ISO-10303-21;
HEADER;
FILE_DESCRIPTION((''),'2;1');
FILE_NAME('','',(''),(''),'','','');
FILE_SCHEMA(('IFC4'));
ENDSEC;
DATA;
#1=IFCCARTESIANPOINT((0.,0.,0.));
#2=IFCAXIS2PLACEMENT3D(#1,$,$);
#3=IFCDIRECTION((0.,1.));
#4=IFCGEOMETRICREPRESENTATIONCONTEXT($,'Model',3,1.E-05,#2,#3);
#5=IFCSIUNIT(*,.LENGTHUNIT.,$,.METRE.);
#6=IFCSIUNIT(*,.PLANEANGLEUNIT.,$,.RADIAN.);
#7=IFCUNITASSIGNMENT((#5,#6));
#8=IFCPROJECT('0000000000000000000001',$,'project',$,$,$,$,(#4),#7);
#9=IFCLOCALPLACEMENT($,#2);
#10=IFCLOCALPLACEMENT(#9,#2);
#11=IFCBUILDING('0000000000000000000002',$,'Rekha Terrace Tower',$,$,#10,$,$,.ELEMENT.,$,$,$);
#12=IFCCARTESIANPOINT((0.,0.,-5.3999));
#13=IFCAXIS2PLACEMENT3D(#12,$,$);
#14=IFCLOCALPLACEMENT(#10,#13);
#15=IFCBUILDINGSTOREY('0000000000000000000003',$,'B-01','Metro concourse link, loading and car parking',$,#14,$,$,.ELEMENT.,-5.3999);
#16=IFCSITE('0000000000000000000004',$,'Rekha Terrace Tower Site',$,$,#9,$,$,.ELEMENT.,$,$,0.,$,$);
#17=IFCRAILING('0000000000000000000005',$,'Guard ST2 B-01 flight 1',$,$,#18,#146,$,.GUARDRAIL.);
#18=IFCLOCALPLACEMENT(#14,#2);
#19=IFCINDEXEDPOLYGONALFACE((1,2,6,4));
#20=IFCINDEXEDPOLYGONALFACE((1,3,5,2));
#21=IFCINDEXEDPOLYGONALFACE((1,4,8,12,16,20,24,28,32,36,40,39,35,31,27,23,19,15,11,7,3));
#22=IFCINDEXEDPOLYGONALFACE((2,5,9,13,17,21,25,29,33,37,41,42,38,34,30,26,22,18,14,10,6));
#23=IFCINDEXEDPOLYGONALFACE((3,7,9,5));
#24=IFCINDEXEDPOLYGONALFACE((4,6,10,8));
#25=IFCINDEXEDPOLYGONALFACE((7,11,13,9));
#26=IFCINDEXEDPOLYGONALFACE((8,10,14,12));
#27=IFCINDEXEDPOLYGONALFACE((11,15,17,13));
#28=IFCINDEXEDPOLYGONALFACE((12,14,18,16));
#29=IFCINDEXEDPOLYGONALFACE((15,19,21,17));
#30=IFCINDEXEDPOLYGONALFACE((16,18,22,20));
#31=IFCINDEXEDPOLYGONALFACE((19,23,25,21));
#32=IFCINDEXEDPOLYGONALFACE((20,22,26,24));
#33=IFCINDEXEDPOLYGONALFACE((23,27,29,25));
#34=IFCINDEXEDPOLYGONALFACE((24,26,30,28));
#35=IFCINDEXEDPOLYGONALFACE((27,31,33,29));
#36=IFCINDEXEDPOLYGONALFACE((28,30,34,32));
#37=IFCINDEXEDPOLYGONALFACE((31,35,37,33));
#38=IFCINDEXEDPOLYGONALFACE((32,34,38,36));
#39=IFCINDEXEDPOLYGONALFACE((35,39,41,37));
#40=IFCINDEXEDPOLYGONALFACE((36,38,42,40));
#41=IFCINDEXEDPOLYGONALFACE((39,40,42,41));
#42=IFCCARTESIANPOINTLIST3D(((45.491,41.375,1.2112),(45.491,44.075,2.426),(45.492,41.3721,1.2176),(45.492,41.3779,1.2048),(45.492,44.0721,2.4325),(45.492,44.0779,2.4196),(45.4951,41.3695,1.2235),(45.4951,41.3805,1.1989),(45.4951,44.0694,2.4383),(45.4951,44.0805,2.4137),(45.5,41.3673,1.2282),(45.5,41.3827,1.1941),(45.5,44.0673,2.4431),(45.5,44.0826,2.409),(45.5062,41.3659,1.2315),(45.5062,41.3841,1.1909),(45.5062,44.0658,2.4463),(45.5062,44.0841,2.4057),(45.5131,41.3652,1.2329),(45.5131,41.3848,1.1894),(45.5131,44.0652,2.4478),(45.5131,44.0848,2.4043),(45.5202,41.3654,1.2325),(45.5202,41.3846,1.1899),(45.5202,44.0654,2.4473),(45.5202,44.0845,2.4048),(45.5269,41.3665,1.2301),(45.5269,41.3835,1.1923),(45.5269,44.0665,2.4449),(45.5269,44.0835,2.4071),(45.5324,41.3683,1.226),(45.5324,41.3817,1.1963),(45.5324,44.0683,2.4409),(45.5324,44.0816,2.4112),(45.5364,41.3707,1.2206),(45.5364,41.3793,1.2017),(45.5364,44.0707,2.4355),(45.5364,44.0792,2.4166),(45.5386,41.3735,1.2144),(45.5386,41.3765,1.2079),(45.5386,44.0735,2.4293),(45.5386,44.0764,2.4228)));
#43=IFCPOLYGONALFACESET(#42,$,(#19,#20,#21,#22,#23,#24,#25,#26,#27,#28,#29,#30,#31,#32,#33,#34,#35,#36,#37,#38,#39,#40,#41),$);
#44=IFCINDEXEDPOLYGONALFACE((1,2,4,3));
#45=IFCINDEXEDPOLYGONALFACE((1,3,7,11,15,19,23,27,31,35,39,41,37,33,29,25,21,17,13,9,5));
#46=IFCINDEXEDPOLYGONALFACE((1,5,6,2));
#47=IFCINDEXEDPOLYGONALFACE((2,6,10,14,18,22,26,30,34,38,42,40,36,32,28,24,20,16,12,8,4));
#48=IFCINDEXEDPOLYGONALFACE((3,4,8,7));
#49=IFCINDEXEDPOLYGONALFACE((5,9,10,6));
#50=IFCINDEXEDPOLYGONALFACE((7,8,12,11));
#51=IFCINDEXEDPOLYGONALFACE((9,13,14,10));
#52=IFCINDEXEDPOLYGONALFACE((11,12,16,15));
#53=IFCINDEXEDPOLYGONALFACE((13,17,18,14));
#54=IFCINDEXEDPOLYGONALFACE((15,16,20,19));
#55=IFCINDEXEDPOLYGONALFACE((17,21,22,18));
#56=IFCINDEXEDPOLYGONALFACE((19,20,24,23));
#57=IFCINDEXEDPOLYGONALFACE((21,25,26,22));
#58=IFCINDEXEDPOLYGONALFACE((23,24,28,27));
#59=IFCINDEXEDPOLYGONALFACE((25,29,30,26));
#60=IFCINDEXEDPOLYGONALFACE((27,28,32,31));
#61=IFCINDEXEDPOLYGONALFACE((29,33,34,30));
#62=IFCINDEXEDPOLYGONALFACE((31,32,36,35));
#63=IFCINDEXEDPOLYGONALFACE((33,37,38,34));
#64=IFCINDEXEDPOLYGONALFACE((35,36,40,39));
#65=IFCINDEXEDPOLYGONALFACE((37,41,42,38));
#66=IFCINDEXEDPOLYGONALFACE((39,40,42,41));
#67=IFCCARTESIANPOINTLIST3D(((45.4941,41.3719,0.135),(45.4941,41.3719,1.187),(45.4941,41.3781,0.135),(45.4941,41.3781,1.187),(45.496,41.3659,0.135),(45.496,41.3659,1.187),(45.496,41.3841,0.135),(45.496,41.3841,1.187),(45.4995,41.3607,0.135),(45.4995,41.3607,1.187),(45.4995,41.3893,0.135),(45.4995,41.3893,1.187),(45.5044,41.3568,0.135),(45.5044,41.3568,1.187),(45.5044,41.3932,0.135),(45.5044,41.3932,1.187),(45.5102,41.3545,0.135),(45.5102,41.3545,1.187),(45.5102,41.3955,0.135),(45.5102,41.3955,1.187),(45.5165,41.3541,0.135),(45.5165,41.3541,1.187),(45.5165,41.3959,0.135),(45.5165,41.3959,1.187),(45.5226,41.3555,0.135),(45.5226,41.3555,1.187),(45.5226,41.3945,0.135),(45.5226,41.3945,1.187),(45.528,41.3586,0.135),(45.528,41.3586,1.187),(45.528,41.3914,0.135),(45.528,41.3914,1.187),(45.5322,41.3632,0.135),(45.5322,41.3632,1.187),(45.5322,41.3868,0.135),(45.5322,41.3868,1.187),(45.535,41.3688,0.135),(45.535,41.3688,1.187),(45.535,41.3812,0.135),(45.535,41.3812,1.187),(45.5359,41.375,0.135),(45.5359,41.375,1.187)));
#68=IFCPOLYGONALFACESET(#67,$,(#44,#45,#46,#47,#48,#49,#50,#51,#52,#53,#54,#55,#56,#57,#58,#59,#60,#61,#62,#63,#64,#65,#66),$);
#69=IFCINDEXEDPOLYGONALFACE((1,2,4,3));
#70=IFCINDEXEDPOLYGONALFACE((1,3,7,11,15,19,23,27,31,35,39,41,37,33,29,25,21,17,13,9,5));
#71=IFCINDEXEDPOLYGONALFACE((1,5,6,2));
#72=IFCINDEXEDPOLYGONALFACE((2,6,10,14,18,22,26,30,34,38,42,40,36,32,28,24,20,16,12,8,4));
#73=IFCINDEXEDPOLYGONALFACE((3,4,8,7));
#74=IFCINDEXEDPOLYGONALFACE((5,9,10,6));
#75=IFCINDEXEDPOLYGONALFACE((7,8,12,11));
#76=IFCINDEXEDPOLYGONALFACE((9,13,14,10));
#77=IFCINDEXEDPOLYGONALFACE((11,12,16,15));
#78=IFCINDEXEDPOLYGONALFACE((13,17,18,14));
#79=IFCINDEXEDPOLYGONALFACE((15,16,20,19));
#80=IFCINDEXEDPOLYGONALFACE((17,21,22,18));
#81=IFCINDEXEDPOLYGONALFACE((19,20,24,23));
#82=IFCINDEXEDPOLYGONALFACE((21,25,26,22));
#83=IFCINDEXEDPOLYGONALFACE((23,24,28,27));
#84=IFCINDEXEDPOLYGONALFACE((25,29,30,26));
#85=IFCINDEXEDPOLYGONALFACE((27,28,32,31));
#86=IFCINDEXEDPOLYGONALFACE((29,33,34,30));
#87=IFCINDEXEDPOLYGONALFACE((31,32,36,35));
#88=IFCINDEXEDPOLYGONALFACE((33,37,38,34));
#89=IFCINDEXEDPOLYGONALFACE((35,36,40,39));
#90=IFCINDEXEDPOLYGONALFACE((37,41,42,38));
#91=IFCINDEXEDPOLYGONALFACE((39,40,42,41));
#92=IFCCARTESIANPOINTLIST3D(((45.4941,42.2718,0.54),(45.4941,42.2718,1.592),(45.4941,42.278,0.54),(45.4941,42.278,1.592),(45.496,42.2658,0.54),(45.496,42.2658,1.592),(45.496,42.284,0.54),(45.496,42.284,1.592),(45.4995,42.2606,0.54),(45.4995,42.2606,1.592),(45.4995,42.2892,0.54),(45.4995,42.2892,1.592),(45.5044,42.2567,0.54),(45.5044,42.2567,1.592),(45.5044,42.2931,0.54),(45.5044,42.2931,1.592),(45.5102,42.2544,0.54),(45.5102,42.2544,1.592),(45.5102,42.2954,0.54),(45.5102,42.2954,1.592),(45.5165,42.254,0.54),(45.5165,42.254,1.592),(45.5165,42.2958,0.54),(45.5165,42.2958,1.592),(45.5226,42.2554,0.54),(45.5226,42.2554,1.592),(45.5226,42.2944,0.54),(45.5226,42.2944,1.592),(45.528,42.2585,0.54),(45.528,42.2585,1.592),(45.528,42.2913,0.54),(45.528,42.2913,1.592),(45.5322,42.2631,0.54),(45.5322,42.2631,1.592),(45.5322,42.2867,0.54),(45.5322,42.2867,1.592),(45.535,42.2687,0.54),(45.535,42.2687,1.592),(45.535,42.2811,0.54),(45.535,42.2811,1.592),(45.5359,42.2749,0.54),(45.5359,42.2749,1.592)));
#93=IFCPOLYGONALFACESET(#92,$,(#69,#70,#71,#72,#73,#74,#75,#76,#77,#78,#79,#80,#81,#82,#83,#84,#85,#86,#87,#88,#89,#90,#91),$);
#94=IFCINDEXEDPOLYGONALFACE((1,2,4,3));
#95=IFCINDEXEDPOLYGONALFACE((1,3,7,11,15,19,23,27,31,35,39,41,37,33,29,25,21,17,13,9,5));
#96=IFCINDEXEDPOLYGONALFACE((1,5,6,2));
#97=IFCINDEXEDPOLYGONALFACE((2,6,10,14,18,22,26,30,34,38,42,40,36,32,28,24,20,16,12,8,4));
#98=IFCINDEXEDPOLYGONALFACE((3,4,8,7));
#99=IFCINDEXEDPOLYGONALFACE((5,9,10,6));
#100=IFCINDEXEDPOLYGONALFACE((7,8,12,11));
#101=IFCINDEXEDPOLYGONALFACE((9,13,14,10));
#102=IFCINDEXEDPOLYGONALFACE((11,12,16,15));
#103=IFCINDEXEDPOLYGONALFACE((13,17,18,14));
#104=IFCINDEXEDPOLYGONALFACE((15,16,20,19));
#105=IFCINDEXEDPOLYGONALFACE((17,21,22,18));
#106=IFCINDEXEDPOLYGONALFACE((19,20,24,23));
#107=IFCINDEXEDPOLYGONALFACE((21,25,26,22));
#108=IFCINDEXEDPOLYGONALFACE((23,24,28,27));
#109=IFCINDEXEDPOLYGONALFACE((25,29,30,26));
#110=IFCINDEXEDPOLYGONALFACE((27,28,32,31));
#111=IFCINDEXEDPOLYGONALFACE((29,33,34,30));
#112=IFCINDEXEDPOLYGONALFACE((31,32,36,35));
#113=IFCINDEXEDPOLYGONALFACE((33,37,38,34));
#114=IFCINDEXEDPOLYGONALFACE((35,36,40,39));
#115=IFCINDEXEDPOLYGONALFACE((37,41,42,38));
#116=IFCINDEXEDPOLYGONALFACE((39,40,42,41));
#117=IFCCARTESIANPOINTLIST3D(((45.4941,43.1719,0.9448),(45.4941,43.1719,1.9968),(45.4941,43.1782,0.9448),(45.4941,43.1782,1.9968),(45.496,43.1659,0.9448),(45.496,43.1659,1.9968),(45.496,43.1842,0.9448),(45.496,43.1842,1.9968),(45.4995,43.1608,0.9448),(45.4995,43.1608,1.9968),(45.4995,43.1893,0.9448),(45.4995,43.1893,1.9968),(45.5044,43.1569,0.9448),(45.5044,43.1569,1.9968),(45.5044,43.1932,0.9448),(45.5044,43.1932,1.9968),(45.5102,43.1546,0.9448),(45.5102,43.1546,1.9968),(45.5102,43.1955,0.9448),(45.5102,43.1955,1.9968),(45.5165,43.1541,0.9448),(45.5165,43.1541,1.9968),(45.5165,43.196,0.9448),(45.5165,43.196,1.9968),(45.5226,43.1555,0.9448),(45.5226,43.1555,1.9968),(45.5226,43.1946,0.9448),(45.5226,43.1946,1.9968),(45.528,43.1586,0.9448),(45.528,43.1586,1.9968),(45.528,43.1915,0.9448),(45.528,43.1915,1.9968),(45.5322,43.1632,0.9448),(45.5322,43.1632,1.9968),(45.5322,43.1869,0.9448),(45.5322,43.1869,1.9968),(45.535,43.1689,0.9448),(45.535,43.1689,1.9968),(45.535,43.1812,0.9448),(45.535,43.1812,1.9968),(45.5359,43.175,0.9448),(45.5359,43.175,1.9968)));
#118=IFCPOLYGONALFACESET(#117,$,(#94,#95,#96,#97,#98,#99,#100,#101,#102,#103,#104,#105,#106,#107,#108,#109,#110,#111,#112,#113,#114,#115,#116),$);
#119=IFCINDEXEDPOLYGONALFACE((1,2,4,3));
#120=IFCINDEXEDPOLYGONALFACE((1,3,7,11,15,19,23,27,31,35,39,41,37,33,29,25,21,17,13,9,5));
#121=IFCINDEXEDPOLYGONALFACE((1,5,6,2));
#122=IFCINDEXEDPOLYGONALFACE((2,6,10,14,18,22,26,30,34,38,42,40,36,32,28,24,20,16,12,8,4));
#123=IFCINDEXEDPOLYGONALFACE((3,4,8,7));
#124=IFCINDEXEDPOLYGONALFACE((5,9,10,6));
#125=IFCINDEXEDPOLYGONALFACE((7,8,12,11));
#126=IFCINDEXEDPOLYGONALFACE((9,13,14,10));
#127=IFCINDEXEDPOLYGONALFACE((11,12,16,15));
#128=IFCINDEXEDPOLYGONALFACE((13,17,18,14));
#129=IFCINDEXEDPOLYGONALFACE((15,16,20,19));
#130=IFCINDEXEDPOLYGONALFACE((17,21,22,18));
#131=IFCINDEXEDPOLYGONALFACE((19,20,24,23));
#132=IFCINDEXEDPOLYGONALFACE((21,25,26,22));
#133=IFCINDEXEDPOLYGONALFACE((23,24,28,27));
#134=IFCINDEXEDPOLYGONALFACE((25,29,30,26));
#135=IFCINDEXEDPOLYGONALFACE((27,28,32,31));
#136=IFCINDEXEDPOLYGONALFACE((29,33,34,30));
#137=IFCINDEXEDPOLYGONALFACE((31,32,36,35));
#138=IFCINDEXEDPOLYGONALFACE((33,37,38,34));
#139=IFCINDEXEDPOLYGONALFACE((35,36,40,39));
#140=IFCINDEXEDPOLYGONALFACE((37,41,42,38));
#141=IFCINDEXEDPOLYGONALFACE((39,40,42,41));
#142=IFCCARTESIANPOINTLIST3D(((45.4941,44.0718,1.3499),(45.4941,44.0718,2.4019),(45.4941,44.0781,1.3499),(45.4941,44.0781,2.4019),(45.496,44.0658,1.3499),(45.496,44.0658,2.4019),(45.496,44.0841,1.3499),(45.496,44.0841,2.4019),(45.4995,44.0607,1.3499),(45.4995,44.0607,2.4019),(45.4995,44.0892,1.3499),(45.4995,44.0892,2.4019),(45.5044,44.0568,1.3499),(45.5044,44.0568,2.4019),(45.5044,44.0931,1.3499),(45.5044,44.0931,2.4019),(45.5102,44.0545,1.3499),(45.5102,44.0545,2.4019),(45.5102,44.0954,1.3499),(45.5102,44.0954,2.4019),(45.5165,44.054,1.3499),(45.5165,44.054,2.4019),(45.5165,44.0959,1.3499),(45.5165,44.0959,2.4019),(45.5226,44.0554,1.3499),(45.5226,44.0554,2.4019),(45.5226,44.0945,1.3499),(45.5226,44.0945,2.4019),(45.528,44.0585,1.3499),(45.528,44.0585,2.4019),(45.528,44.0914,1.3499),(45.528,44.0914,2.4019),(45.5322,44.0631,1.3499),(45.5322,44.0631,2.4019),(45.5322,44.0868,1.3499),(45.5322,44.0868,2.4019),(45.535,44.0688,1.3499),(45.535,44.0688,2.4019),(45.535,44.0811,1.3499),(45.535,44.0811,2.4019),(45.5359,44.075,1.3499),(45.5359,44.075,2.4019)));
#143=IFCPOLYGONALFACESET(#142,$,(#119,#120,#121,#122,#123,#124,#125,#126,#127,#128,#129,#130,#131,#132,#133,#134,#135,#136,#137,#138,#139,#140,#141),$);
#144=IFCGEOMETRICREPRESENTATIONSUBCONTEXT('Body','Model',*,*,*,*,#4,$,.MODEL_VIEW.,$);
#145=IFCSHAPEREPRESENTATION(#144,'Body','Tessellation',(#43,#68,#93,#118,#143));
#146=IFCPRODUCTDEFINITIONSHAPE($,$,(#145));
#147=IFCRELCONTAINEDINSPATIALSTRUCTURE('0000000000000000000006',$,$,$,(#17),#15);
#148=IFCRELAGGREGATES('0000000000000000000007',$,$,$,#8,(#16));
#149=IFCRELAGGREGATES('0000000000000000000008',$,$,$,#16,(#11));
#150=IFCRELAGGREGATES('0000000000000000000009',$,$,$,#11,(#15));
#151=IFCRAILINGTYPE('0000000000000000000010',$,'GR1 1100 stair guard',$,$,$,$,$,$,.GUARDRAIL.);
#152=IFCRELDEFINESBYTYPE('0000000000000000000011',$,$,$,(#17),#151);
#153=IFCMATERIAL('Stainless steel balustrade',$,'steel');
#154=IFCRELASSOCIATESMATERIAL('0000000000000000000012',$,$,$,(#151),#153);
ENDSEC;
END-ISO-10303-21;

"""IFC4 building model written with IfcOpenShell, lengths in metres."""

from ifc_helpers import new_model, si_unit, direction, frame, origin, origin_2d, place, context, subcontext, project, spatial, circle, extrude, material, type_object, element, save


model = new_model("IFC4")

# Units and contexts
model_context = context("Model", 3, precision=1e-05, world=origin(), true_north=direction((0.0, 1.0)))
body_context = subcontext(model_context, "Body", "Model", "MODEL_VIEW")
ifc_project = project(units=[si_unit("LENGTHUNIT", "METRE"), si_unit("PLANEANGLEUNIT", "RADIAN")], contexts=[model_context])

# Site, building, storey
site_placement = place(None, origin())
site = spatial("IfcSite", under=ifc_project, at=site_placement, Name="Rekha Terrace Tower Site", CompositionType="ELEMENT", RefElevation=0.0)
building_placement = place(site_placement, origin())
building = spatial("IfcBuilding", under=site, at=building_placement, Name="Rekha Terrace Tower", CompositionType="ELEMENT")
storey_placement = place(building_placement, frame((0.0, 0.0, -5.3999)))
storey = spatial("IfcBuildingStorey", under=building, at=storey_placement, Name="B-01", Description="Metro concourse link, loading and car parking", CompositionType="ELEMENT", Elevation=-5.3999)

# Railing
ifc_material_1 = material(Name="Stainless steel balustrade", Category="steel")
railing_type_1 = type_object("IfcRailingType", Name="GR1 1100 stair guard", PredefinedType="GUARDRAIL", material=ifc_material_1)
railing_1_placement = place(storey_placement, frame((45.5149, 41.375, 0.135)))
element("IfcRailing", 1, at=railing_1_placement, inside=storey, type_object=railing_type_1, Name="Guard ST2 B-01 flight 1", PredefinedType="GUARDRAIL", context=body_context, shape_type="SweptSolid", body=[
    extrude(circle(Radius=0.0239, at=origin_2d()), frame((0.0, 0.0, 1.0762), z_axis=(0.0, 0.911938, 0.410327), x_axis=(-1.0, 0.0, 0.0)), (0.0, 0.0, 1.0), 2.9607),
    extrude(circle(Radius=0.021, at=origin_2d()), origin(), (0.0, 0.0, 1.0), 1.052),
    extrude(circle(Radius=0.021, at=origin_2d()), frame((0.0, 0.8999, 0.405)), (0.0, 0.0, 1.0), 1.052),
    extrude(circle(Radius=0.021, at=origin_2d()), frame((0.0, 1.8, 0.8098)), (0.0, 0.0, 1.0), 1.052),
    extrude(circle(Radius=0.021, at=origin_2d()), frame((0.0, 2.7, 1.2148)), (0.0, 0.0, 1.0), 1.052),
])

save(model, "model.ifc")
